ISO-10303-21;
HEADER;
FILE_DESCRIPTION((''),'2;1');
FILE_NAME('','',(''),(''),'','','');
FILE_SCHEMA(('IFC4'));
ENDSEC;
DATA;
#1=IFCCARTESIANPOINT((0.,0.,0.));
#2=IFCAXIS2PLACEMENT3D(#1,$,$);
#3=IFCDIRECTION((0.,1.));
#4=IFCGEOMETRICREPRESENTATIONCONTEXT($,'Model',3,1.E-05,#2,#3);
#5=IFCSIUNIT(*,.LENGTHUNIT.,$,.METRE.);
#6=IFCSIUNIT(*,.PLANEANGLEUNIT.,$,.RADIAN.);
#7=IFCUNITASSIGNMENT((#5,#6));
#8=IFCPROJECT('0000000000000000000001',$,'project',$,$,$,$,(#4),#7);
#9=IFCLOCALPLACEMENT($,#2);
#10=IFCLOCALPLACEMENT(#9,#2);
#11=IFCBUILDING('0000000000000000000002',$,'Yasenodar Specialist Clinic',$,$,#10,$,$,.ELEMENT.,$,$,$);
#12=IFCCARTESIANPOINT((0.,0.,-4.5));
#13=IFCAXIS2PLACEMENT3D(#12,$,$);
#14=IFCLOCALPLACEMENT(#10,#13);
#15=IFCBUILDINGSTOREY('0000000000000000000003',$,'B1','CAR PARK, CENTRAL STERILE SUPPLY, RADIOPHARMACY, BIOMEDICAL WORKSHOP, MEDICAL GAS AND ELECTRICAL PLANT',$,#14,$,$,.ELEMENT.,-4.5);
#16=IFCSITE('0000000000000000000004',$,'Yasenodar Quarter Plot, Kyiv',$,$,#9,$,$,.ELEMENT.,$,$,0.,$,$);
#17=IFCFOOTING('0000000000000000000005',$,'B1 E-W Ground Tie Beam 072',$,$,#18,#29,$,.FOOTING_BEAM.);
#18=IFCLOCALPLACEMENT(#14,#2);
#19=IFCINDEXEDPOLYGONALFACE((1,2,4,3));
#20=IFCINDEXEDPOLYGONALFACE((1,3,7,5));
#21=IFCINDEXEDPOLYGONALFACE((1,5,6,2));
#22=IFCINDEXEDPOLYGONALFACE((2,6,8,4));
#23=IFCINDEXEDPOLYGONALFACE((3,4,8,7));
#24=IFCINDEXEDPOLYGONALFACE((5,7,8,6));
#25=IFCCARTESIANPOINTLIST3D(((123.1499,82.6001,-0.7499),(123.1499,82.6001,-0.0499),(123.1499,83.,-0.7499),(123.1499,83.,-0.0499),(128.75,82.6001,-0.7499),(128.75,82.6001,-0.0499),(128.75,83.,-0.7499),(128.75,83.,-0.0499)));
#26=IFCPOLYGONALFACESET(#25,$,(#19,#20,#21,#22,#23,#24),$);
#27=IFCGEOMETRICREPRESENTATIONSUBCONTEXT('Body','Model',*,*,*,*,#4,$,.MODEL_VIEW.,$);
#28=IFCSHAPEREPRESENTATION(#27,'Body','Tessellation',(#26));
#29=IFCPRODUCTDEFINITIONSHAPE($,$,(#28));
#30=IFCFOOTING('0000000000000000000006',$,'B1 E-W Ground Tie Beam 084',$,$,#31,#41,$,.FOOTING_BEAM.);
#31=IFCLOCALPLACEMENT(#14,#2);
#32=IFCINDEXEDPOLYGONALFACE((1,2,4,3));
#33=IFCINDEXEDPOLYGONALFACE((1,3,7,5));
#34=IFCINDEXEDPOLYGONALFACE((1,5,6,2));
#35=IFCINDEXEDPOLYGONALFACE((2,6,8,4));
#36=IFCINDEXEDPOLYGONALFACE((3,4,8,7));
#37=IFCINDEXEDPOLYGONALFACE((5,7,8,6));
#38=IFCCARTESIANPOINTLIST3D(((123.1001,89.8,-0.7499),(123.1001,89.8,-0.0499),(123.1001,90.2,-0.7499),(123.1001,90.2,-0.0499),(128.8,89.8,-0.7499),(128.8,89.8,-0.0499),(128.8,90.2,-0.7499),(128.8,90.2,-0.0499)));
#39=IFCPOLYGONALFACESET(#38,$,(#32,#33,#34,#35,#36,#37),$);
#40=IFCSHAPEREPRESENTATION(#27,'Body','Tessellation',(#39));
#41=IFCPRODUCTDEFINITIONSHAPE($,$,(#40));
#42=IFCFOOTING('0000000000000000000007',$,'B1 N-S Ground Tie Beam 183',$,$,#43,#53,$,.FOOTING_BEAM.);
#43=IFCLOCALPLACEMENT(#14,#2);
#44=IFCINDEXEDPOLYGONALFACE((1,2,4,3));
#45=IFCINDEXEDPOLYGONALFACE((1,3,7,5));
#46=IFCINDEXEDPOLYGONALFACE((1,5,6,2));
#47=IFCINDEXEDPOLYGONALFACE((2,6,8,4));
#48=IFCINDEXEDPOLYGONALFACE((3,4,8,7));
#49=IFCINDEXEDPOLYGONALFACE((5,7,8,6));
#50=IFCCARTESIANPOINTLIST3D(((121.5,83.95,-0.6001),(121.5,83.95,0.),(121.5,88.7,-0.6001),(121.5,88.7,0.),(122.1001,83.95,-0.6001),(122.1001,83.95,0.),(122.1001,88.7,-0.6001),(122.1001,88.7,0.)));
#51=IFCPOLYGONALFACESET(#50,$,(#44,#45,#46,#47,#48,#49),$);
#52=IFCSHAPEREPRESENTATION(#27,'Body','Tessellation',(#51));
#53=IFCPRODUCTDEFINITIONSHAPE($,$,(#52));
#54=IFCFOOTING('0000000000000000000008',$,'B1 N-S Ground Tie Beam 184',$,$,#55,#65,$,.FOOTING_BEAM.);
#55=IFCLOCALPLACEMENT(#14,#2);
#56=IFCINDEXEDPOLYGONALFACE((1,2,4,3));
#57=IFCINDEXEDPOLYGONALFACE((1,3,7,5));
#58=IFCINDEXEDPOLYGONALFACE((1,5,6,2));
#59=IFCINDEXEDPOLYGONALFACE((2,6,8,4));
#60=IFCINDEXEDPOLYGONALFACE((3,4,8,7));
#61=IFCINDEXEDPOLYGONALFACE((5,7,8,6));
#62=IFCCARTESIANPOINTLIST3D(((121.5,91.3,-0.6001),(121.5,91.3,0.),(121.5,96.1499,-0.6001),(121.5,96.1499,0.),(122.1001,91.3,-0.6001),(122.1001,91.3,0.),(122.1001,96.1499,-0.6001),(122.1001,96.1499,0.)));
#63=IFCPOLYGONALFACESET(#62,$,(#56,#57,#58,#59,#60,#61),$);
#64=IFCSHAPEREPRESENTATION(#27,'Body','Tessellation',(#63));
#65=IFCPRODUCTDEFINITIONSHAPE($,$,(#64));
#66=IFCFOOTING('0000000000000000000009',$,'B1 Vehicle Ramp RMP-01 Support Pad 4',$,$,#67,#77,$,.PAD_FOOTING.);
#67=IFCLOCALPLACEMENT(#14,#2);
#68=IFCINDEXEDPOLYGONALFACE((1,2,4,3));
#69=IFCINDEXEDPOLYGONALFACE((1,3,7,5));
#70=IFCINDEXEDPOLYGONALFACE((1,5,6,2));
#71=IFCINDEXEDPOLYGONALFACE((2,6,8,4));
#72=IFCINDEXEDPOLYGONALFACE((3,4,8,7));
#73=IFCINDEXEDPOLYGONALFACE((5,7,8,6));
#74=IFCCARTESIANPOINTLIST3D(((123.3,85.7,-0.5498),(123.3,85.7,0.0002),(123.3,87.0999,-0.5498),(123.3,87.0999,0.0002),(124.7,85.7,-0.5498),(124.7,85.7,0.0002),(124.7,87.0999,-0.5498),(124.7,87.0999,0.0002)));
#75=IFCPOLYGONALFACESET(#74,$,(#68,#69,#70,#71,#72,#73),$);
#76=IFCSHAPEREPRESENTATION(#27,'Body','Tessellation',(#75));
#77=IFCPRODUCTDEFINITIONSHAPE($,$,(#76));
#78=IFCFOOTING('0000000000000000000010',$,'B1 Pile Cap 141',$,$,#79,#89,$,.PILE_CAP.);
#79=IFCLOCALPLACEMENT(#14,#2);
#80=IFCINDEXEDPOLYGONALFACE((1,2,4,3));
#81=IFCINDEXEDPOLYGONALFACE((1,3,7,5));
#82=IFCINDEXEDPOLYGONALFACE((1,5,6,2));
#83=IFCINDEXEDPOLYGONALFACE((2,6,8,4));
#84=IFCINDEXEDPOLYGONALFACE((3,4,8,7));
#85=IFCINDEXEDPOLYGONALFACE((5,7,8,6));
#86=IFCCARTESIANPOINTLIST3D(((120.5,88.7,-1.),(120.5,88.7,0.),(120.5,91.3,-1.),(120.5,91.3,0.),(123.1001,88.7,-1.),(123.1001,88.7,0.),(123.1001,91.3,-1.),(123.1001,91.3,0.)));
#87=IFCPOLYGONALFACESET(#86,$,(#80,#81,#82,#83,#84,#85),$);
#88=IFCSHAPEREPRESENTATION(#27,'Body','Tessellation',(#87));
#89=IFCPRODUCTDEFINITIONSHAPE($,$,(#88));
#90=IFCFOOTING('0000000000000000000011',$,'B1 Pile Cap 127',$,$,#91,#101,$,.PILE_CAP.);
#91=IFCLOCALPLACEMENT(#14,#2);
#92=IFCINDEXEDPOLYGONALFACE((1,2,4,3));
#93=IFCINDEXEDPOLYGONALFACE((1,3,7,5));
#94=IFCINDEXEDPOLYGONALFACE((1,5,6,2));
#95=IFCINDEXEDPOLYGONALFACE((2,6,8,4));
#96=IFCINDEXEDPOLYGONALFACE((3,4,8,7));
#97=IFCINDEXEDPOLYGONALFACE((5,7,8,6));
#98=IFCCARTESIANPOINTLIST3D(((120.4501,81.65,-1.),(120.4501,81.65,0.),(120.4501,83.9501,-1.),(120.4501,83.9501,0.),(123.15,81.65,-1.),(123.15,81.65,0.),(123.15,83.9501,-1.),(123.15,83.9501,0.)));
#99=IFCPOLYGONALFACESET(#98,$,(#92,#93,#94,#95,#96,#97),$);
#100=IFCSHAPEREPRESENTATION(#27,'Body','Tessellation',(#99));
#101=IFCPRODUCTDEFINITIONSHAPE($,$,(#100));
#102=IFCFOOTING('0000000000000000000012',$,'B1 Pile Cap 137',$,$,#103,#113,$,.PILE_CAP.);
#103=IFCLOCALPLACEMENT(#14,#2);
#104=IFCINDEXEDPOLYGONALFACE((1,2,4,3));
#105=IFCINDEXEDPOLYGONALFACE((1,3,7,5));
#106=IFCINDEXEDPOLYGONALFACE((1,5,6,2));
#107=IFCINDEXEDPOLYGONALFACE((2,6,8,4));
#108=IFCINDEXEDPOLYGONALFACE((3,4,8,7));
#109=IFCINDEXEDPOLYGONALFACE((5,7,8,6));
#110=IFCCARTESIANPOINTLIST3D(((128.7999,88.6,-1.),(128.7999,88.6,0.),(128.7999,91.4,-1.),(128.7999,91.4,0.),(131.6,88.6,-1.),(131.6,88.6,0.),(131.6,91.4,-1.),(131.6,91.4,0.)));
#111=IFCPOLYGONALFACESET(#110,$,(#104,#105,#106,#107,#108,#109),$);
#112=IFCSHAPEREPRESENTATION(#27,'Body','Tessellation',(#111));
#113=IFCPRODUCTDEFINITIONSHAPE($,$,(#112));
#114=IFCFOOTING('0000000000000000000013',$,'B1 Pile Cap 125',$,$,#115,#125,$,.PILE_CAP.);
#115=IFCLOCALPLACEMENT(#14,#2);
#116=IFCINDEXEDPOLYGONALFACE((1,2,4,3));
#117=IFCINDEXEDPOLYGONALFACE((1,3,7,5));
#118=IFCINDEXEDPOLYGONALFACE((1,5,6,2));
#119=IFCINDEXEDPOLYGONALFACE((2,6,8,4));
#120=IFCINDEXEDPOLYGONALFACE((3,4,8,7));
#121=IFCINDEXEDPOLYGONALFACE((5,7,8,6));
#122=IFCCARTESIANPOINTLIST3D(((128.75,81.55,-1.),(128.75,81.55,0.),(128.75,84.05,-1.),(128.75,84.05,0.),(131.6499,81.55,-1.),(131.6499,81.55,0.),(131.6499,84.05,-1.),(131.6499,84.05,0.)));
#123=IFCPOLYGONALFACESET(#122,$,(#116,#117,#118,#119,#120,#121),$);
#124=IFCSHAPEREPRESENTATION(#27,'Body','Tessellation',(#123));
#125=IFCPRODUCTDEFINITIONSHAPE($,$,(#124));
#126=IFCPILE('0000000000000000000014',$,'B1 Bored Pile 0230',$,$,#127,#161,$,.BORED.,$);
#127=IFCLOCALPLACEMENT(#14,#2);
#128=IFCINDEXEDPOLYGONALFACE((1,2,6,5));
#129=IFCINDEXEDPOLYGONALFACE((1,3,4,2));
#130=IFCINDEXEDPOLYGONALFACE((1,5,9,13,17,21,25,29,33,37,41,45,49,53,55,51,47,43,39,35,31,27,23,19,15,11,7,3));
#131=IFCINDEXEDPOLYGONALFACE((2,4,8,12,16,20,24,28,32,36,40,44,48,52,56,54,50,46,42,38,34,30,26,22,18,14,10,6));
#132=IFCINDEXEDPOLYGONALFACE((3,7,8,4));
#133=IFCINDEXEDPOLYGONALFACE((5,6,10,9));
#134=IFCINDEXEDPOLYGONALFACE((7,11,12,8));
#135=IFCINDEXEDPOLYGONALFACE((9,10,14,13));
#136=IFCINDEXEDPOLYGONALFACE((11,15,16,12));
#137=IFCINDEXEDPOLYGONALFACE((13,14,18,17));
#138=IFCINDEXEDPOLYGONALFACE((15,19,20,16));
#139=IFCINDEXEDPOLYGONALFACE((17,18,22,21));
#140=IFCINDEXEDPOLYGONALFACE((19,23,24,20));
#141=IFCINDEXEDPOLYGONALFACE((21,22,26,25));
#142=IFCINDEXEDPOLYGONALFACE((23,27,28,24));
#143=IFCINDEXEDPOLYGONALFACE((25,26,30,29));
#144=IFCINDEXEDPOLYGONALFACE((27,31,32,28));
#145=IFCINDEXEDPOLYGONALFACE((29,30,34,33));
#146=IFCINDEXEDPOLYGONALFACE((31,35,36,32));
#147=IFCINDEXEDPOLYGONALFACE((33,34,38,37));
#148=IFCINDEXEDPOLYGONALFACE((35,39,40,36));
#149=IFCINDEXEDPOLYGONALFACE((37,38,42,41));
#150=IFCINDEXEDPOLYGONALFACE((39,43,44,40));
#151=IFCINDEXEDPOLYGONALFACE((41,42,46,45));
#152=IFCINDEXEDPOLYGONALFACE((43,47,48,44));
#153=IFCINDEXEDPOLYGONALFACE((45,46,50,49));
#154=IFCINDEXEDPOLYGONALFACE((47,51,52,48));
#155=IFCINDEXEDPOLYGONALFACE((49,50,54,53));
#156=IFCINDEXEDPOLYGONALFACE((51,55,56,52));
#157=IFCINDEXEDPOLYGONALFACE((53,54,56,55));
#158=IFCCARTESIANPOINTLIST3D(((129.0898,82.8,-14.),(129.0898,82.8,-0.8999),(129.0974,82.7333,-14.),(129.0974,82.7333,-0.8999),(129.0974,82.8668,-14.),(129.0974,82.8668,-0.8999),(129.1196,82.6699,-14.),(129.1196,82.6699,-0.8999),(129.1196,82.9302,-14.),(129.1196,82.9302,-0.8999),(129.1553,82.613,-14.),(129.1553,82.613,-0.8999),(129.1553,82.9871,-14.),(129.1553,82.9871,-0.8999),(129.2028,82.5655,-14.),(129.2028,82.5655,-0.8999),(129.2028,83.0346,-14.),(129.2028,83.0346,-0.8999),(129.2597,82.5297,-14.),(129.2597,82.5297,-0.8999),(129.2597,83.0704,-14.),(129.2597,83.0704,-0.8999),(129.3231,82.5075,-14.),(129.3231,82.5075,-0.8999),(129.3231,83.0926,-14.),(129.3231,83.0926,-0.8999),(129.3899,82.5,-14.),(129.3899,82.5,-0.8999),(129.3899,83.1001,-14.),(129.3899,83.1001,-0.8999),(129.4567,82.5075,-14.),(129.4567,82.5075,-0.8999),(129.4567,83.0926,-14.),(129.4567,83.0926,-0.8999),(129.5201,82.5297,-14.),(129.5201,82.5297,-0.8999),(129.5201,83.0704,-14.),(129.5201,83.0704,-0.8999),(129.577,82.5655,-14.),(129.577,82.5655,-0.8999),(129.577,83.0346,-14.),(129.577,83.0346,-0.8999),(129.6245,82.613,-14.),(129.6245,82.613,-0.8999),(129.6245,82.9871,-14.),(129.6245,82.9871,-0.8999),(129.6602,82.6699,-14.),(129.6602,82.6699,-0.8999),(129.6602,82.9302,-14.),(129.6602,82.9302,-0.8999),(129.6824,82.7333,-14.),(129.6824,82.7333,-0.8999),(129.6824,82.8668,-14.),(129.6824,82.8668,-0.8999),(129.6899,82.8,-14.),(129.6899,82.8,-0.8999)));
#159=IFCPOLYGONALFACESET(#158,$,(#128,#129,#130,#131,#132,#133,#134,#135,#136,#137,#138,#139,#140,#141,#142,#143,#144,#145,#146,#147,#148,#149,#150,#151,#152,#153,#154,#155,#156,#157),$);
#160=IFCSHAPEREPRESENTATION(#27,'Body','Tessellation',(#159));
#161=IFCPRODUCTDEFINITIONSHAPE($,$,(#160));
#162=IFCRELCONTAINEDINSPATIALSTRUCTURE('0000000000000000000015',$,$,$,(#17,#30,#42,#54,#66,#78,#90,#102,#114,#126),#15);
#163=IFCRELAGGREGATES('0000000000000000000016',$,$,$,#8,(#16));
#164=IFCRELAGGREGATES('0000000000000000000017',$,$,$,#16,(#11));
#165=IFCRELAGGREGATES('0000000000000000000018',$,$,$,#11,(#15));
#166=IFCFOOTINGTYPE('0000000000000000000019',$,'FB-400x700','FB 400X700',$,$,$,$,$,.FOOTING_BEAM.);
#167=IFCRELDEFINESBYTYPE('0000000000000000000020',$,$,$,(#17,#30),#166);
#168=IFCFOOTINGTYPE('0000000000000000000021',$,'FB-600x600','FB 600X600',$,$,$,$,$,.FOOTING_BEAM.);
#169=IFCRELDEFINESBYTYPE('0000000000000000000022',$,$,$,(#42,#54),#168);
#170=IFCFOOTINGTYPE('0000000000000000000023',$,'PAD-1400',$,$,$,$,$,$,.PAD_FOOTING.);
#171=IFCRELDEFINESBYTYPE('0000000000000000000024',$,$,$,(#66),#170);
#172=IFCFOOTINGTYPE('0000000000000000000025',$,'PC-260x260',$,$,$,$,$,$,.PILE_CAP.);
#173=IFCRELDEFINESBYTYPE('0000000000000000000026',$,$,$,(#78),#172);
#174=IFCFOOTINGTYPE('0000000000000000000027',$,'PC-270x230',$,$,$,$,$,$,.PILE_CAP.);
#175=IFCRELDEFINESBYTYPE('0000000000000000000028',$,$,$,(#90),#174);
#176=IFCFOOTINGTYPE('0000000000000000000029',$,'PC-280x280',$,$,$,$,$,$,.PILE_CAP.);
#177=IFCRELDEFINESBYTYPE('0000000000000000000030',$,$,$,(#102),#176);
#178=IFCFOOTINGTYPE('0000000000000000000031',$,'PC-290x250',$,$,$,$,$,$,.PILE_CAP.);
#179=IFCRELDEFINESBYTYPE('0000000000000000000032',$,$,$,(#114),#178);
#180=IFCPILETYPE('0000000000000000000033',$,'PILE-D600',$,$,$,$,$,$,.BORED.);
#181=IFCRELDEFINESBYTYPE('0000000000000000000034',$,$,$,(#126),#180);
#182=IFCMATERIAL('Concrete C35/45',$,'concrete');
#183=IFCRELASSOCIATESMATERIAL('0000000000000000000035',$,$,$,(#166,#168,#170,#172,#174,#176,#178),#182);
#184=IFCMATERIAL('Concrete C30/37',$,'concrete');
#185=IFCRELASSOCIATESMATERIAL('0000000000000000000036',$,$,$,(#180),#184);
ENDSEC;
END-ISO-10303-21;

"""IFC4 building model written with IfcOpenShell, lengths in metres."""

from ifc_helpers import new_model, si_unit, direction, frame, origin, origin_2d, place, context, subcontext, project, spatial, rectangle, circle, extrude, material, material_profile, profile_set, type_object, element, save


model = new_model("IFC4")

# Units and contexts
model_context = context("Model", 3, precision=1e-05, world=origin(), true_north=direction((0.0, 1.0)))
body_context = subcontext(model_context, "Body", "Model", "MODEL_VIEW")
ifc_project = project(units=[si_unit("LENGTHUNIT", "METRE"), si_unit("PLANEANGLEUNIT", "RADIAN")], contexts=[model_context])

# Site, building, storey
site_placement = place(None, origin())
site = spatial("IfcSite", under=ifc_project, at=site_placement, Name="Yasenodar Quarter Plot, Kyiv", CompositionType="ELEMENT", RefElevation=0.0)
building_placement = place(site_placement, origin())
building = spatial("IfcBuilding", under=site, at=building_placement, Name="Yasenodar Specialist Clinic", CompositionType="ELEMENT")
storey_placement = place(building_placement, frame((0.0, 0.0, -4.5)))
storey = spatial("IfcBuildingStorey", under=building, at=storey_placement, Name="B1", Description="CAR PARK, CENTRAL STERILE SUPPLY, RADIOPHARMACY, BIOMEDICAL WORKSHOP, MEDICAL GAS AND ELECTRICAL PLANT", CompositionType="ELEMENT", Elevation=-4.5)

# Footings
ifc_material_1 = material(Name="Concrete C35/45", Category="concrete")
ifc_material_profile_1 = material_profile(ifc_material_1, rectangle(XDim=0.3999, YDim=0.7, at=origin_2d()), Name="RC 400x700")
ifc_profile_set_1 = profile_set([ifc_material_profile_1], Name="Concrete C35/45")
footing_type_1 = type_object("IfcFootingType", Name="FB-400x700", Description="FB 400X700", PredefinedType="FOOTING_BEAM", material=ifc_profile_set_1)
footing_1_placement = place(storey_placement, frame((123.1499, 82.8, -0.3999), z_axis=(1.0, 0.0, 0.0), x_axis=(0.0, 1.0, 0.0)))
element("IfcFooting", 1, at=footing_1_placement, inside=storey, type_object=footing_type_1, Name="B1 E-W Ground Tie Beam 072", PredefinedType="FOOTING_BEAM", context=body_context, shape_type="SweptSolid", body=[
    extrude(rectangle(XDim=0.3999, YDim=0.7, at=origin_2d()), origin(), (0.0, 0.0, 1.0), 5.6001),
])
footing_2_placement = place(storey_placement, frame((123.1001, 90.0, -0.3999), z_axis=(1.0, 0.0, 0.0), x_axis=(0.0, 1.0, 0.0)))
element("IfcFooting", 2, at=footing_2_placement, inside=storey, type_object=footing_type_1, Name="B1 E-W Ground Tie Beam 084", PredefinedType="FOOTING_BEAM", context=body_context, shape_type="SweptSolid", body=[
    extrude(rectangle(XDim=0.3999, YDim=0.7, at=origin_2d()), origin(), (0.0, 0.0, 1.0), 5.7),
])
ifc_material_profile_2 = material_profile(ifc_material_1, rectangle(XDim=0.6001, YDim=0.6001, at=origin_2d()), Name="RC 600x600")
ifc_profile_set_2 = profile_set([ifc_material_profile_2], Name="Concrete C35/45")
footing_type_2 = type_object("IfcFootingType", Name="FB-600x600", Description="FB 600X600", PredefinedType="FOOTING_BEAM", material=ifc_profile_set_2)
footing_3_placement = place(storey_placement, frame((121.8, 83.95, -0.3), z_axis=(0.0, 1.0, 0.0), x_axis=(-1.0, 0.0, 0.0)))
element("IfcFooting", 3, at=footing_3_placement, inside=storey, type_object=footing_type_2, Name="B1 N-S Ground Tie Beam 183", PredefinedType="FOOTING_BEAM", context=body_context, shape_type="SweptSolid", body=[
    extrude(rectangle(XDim=0.6001, YDim=0.6001, at=origin_2d()), origin(), (0.0, 0.0, 1.0), 4.75),
])
footing_4_placement = place(storey_placement, frame((121.8, 91.3, -0.3), z_axis=(0.0, 1.0, 0.0), x_axis=(-1.0, 0.0, 0.0)))
element("IfcFooting", 4, at=footing_4_placement, inside=storey, type_object=footing_type_2, Name="B1 N-S Ground Tie Beam 184", PredefinedType="FOOTING_BEAM", context=body_context, shape_type="SweptSolid", body=[
    extrude(rectangle(XDim=0.6001, YDim=0.6001, at=origin_2d()), origin(), (0.0, 0.0, 1.0), 4.8499),
])
footing_type_3 = type_object("IfcFootingType", Name="PAD-1400", PredefinedType="PAD_FOOTING", material=ifc_material_1)
footing_5_placement = place(storey_placement, frame((124.0, 86.3999, -0.5498), z_axis=(0.0, 0.0, 1.0), x_axis=(1.0, 0.0, 0.0)))
element("IfcFooting", 5, at=footing_5_placement, inside=storey, type_object=footing_type_3, Name="B1 Vehicle Ramp RMP-01 Support Pad 4", PredefinedType="PAD_FOOTING", context=body_context, shape_type="SweptSolid", body=[
    extrude(rectangle(XDim=1.3999, YDim=1.3999, at=origin_2d()), origin(), (0.0, 0.0, 1.0), 0.55),
])
footing_type_4 = type_object("IfcFootingType", Name="PC-260x260", PredefinedType="PILE_CAP", material=ifc_material_1)
footing_6_placement = place(storey_placement, frame((121.8, 90.0, -1.0), z_axis=(0.0, 0.0, 1.0), x_axis=(1.0, 0.0, 0.0)))
element("IfcFooting", 6, at=footing_6_placement, inside=storey, type_object=footing_type_4, Name="B1 Pile Cap 141", PredefinedType="PILE_CAP", context=body_context, shape_type="SweptSolid", body=[
    extrude(rectangle(XDim=2.6001, YDim=2.6001, at=origin_2d()), origin(), (0.0, 0.0, 1.0), 1.0),
])
footing_type_5 = type_object("IfcFootingType", Name="PC-270x230", PredefinedType="PILE_CAP", material=ifc_material_1)
footing_7_placement = place(storey_placement, frame((121.8, 82.8, -1.0), z_axis=(0.0, 0.0, 1.0), x_axis=(1.0, 0.0, 0.0)))
element("IfcFooting", 7, at=footing_7_placement, inside=storey, type_object=footing_type_5, Name="B1 Pile Cap 127", PredefinedType="PILE_CAP", context=body_context, shape_type="SweptSolid", body=[
    extrude(rectangle(XDim=2.7, YDim=2.3, at=origin_2d()), origin(), (0.0, 0.0, 1.0), 1.0),
])
footing_type_6 = type_object("IfcFootingType", Name="PC-280x280", PredefinedType="PILE_CAP", material=ifc_material_1)
footing_8_placement = place(storey_placement, frame((130.2, 90.0, -1.0), z_axis=(0.0, 0.0, 1.0), x_axis=(1.0, 0.0, 0.0)))
element("IfcFooting", 8, at=footing_8_placement, inside=storey, type_object=footing_type_6, Name="B1 Pile Cap 137", PredefinedType="PILE_CAP", context=body_context, shape_type="SweptSolid", body=[
    extrude(rectangle(XDim=2.8, YDim=2.8, at=origin_2d()), origin(), (0.0, 0.0, 1.0), 1.0),
])
footing_type_7 = type_object("IfcFootingType", Name="PC-290x250", PredefinedType="PILE_CAP", material=ifc_material_1)
footing_9_placement = place(storey_placement, frame((130.2, 82.8, -1.0), z_axis=(0.0, 0.0, 1.0), x_axis=(1.0, 0.0, 0.0)))
element("IfcFooting", 9, at=footing_9_placement, inside=storey, type_object=footing_type_7, Name="B1 Pile Cap 125", PredefinedType="PILE_CAP", context=body_context, shape_type="SweptSolid", body=[
    extrude(rectangle(XDim=2.8999, YDim=2.5, at=origin_2d()), origin(), (0.0, 0.0, 1.0), 1.0),
])

# Pile
ifc_material_2 = material(Name="Concrete C30/37", Category="concrete")
ifc_material_profile_3 = material_profile(ifc_material_2, circle(Radius=0.3, at=origin_2d()), Name="PILE D600")
ifc_profile_set_3 = profile_set([ifc_material_profile_3], Name="Concrete C30/37")
pile_type_1 = type_object("IfcPileType", Name="PILE-D600", PredefinedType="BORED", material=ifc_profile_set_3)
for number, where, z_axis, x_axis, name in (
    (10, (129.3899, 82.8, -0.8999), (0.0, 0.0, -1.0), (1.0, 0.0, 0.0), "B1 Bored Pile 0230"),
):
    element("IfcPile", number, at=place(storey_placement, frame(where, z_axis=z_axis, x_axis=x_axis)), inside=storey, type_object=pile_type_1, Name=name, PredefinedType="BORED", context=body_context, shape_type="SweptSolid", body=[
        extrude(circle(Radius=0.3, at=origin_2d()), origin(), (0.0, 0.0, 1.0), 13.1001),
    ])

save(model, "model.ifc")
